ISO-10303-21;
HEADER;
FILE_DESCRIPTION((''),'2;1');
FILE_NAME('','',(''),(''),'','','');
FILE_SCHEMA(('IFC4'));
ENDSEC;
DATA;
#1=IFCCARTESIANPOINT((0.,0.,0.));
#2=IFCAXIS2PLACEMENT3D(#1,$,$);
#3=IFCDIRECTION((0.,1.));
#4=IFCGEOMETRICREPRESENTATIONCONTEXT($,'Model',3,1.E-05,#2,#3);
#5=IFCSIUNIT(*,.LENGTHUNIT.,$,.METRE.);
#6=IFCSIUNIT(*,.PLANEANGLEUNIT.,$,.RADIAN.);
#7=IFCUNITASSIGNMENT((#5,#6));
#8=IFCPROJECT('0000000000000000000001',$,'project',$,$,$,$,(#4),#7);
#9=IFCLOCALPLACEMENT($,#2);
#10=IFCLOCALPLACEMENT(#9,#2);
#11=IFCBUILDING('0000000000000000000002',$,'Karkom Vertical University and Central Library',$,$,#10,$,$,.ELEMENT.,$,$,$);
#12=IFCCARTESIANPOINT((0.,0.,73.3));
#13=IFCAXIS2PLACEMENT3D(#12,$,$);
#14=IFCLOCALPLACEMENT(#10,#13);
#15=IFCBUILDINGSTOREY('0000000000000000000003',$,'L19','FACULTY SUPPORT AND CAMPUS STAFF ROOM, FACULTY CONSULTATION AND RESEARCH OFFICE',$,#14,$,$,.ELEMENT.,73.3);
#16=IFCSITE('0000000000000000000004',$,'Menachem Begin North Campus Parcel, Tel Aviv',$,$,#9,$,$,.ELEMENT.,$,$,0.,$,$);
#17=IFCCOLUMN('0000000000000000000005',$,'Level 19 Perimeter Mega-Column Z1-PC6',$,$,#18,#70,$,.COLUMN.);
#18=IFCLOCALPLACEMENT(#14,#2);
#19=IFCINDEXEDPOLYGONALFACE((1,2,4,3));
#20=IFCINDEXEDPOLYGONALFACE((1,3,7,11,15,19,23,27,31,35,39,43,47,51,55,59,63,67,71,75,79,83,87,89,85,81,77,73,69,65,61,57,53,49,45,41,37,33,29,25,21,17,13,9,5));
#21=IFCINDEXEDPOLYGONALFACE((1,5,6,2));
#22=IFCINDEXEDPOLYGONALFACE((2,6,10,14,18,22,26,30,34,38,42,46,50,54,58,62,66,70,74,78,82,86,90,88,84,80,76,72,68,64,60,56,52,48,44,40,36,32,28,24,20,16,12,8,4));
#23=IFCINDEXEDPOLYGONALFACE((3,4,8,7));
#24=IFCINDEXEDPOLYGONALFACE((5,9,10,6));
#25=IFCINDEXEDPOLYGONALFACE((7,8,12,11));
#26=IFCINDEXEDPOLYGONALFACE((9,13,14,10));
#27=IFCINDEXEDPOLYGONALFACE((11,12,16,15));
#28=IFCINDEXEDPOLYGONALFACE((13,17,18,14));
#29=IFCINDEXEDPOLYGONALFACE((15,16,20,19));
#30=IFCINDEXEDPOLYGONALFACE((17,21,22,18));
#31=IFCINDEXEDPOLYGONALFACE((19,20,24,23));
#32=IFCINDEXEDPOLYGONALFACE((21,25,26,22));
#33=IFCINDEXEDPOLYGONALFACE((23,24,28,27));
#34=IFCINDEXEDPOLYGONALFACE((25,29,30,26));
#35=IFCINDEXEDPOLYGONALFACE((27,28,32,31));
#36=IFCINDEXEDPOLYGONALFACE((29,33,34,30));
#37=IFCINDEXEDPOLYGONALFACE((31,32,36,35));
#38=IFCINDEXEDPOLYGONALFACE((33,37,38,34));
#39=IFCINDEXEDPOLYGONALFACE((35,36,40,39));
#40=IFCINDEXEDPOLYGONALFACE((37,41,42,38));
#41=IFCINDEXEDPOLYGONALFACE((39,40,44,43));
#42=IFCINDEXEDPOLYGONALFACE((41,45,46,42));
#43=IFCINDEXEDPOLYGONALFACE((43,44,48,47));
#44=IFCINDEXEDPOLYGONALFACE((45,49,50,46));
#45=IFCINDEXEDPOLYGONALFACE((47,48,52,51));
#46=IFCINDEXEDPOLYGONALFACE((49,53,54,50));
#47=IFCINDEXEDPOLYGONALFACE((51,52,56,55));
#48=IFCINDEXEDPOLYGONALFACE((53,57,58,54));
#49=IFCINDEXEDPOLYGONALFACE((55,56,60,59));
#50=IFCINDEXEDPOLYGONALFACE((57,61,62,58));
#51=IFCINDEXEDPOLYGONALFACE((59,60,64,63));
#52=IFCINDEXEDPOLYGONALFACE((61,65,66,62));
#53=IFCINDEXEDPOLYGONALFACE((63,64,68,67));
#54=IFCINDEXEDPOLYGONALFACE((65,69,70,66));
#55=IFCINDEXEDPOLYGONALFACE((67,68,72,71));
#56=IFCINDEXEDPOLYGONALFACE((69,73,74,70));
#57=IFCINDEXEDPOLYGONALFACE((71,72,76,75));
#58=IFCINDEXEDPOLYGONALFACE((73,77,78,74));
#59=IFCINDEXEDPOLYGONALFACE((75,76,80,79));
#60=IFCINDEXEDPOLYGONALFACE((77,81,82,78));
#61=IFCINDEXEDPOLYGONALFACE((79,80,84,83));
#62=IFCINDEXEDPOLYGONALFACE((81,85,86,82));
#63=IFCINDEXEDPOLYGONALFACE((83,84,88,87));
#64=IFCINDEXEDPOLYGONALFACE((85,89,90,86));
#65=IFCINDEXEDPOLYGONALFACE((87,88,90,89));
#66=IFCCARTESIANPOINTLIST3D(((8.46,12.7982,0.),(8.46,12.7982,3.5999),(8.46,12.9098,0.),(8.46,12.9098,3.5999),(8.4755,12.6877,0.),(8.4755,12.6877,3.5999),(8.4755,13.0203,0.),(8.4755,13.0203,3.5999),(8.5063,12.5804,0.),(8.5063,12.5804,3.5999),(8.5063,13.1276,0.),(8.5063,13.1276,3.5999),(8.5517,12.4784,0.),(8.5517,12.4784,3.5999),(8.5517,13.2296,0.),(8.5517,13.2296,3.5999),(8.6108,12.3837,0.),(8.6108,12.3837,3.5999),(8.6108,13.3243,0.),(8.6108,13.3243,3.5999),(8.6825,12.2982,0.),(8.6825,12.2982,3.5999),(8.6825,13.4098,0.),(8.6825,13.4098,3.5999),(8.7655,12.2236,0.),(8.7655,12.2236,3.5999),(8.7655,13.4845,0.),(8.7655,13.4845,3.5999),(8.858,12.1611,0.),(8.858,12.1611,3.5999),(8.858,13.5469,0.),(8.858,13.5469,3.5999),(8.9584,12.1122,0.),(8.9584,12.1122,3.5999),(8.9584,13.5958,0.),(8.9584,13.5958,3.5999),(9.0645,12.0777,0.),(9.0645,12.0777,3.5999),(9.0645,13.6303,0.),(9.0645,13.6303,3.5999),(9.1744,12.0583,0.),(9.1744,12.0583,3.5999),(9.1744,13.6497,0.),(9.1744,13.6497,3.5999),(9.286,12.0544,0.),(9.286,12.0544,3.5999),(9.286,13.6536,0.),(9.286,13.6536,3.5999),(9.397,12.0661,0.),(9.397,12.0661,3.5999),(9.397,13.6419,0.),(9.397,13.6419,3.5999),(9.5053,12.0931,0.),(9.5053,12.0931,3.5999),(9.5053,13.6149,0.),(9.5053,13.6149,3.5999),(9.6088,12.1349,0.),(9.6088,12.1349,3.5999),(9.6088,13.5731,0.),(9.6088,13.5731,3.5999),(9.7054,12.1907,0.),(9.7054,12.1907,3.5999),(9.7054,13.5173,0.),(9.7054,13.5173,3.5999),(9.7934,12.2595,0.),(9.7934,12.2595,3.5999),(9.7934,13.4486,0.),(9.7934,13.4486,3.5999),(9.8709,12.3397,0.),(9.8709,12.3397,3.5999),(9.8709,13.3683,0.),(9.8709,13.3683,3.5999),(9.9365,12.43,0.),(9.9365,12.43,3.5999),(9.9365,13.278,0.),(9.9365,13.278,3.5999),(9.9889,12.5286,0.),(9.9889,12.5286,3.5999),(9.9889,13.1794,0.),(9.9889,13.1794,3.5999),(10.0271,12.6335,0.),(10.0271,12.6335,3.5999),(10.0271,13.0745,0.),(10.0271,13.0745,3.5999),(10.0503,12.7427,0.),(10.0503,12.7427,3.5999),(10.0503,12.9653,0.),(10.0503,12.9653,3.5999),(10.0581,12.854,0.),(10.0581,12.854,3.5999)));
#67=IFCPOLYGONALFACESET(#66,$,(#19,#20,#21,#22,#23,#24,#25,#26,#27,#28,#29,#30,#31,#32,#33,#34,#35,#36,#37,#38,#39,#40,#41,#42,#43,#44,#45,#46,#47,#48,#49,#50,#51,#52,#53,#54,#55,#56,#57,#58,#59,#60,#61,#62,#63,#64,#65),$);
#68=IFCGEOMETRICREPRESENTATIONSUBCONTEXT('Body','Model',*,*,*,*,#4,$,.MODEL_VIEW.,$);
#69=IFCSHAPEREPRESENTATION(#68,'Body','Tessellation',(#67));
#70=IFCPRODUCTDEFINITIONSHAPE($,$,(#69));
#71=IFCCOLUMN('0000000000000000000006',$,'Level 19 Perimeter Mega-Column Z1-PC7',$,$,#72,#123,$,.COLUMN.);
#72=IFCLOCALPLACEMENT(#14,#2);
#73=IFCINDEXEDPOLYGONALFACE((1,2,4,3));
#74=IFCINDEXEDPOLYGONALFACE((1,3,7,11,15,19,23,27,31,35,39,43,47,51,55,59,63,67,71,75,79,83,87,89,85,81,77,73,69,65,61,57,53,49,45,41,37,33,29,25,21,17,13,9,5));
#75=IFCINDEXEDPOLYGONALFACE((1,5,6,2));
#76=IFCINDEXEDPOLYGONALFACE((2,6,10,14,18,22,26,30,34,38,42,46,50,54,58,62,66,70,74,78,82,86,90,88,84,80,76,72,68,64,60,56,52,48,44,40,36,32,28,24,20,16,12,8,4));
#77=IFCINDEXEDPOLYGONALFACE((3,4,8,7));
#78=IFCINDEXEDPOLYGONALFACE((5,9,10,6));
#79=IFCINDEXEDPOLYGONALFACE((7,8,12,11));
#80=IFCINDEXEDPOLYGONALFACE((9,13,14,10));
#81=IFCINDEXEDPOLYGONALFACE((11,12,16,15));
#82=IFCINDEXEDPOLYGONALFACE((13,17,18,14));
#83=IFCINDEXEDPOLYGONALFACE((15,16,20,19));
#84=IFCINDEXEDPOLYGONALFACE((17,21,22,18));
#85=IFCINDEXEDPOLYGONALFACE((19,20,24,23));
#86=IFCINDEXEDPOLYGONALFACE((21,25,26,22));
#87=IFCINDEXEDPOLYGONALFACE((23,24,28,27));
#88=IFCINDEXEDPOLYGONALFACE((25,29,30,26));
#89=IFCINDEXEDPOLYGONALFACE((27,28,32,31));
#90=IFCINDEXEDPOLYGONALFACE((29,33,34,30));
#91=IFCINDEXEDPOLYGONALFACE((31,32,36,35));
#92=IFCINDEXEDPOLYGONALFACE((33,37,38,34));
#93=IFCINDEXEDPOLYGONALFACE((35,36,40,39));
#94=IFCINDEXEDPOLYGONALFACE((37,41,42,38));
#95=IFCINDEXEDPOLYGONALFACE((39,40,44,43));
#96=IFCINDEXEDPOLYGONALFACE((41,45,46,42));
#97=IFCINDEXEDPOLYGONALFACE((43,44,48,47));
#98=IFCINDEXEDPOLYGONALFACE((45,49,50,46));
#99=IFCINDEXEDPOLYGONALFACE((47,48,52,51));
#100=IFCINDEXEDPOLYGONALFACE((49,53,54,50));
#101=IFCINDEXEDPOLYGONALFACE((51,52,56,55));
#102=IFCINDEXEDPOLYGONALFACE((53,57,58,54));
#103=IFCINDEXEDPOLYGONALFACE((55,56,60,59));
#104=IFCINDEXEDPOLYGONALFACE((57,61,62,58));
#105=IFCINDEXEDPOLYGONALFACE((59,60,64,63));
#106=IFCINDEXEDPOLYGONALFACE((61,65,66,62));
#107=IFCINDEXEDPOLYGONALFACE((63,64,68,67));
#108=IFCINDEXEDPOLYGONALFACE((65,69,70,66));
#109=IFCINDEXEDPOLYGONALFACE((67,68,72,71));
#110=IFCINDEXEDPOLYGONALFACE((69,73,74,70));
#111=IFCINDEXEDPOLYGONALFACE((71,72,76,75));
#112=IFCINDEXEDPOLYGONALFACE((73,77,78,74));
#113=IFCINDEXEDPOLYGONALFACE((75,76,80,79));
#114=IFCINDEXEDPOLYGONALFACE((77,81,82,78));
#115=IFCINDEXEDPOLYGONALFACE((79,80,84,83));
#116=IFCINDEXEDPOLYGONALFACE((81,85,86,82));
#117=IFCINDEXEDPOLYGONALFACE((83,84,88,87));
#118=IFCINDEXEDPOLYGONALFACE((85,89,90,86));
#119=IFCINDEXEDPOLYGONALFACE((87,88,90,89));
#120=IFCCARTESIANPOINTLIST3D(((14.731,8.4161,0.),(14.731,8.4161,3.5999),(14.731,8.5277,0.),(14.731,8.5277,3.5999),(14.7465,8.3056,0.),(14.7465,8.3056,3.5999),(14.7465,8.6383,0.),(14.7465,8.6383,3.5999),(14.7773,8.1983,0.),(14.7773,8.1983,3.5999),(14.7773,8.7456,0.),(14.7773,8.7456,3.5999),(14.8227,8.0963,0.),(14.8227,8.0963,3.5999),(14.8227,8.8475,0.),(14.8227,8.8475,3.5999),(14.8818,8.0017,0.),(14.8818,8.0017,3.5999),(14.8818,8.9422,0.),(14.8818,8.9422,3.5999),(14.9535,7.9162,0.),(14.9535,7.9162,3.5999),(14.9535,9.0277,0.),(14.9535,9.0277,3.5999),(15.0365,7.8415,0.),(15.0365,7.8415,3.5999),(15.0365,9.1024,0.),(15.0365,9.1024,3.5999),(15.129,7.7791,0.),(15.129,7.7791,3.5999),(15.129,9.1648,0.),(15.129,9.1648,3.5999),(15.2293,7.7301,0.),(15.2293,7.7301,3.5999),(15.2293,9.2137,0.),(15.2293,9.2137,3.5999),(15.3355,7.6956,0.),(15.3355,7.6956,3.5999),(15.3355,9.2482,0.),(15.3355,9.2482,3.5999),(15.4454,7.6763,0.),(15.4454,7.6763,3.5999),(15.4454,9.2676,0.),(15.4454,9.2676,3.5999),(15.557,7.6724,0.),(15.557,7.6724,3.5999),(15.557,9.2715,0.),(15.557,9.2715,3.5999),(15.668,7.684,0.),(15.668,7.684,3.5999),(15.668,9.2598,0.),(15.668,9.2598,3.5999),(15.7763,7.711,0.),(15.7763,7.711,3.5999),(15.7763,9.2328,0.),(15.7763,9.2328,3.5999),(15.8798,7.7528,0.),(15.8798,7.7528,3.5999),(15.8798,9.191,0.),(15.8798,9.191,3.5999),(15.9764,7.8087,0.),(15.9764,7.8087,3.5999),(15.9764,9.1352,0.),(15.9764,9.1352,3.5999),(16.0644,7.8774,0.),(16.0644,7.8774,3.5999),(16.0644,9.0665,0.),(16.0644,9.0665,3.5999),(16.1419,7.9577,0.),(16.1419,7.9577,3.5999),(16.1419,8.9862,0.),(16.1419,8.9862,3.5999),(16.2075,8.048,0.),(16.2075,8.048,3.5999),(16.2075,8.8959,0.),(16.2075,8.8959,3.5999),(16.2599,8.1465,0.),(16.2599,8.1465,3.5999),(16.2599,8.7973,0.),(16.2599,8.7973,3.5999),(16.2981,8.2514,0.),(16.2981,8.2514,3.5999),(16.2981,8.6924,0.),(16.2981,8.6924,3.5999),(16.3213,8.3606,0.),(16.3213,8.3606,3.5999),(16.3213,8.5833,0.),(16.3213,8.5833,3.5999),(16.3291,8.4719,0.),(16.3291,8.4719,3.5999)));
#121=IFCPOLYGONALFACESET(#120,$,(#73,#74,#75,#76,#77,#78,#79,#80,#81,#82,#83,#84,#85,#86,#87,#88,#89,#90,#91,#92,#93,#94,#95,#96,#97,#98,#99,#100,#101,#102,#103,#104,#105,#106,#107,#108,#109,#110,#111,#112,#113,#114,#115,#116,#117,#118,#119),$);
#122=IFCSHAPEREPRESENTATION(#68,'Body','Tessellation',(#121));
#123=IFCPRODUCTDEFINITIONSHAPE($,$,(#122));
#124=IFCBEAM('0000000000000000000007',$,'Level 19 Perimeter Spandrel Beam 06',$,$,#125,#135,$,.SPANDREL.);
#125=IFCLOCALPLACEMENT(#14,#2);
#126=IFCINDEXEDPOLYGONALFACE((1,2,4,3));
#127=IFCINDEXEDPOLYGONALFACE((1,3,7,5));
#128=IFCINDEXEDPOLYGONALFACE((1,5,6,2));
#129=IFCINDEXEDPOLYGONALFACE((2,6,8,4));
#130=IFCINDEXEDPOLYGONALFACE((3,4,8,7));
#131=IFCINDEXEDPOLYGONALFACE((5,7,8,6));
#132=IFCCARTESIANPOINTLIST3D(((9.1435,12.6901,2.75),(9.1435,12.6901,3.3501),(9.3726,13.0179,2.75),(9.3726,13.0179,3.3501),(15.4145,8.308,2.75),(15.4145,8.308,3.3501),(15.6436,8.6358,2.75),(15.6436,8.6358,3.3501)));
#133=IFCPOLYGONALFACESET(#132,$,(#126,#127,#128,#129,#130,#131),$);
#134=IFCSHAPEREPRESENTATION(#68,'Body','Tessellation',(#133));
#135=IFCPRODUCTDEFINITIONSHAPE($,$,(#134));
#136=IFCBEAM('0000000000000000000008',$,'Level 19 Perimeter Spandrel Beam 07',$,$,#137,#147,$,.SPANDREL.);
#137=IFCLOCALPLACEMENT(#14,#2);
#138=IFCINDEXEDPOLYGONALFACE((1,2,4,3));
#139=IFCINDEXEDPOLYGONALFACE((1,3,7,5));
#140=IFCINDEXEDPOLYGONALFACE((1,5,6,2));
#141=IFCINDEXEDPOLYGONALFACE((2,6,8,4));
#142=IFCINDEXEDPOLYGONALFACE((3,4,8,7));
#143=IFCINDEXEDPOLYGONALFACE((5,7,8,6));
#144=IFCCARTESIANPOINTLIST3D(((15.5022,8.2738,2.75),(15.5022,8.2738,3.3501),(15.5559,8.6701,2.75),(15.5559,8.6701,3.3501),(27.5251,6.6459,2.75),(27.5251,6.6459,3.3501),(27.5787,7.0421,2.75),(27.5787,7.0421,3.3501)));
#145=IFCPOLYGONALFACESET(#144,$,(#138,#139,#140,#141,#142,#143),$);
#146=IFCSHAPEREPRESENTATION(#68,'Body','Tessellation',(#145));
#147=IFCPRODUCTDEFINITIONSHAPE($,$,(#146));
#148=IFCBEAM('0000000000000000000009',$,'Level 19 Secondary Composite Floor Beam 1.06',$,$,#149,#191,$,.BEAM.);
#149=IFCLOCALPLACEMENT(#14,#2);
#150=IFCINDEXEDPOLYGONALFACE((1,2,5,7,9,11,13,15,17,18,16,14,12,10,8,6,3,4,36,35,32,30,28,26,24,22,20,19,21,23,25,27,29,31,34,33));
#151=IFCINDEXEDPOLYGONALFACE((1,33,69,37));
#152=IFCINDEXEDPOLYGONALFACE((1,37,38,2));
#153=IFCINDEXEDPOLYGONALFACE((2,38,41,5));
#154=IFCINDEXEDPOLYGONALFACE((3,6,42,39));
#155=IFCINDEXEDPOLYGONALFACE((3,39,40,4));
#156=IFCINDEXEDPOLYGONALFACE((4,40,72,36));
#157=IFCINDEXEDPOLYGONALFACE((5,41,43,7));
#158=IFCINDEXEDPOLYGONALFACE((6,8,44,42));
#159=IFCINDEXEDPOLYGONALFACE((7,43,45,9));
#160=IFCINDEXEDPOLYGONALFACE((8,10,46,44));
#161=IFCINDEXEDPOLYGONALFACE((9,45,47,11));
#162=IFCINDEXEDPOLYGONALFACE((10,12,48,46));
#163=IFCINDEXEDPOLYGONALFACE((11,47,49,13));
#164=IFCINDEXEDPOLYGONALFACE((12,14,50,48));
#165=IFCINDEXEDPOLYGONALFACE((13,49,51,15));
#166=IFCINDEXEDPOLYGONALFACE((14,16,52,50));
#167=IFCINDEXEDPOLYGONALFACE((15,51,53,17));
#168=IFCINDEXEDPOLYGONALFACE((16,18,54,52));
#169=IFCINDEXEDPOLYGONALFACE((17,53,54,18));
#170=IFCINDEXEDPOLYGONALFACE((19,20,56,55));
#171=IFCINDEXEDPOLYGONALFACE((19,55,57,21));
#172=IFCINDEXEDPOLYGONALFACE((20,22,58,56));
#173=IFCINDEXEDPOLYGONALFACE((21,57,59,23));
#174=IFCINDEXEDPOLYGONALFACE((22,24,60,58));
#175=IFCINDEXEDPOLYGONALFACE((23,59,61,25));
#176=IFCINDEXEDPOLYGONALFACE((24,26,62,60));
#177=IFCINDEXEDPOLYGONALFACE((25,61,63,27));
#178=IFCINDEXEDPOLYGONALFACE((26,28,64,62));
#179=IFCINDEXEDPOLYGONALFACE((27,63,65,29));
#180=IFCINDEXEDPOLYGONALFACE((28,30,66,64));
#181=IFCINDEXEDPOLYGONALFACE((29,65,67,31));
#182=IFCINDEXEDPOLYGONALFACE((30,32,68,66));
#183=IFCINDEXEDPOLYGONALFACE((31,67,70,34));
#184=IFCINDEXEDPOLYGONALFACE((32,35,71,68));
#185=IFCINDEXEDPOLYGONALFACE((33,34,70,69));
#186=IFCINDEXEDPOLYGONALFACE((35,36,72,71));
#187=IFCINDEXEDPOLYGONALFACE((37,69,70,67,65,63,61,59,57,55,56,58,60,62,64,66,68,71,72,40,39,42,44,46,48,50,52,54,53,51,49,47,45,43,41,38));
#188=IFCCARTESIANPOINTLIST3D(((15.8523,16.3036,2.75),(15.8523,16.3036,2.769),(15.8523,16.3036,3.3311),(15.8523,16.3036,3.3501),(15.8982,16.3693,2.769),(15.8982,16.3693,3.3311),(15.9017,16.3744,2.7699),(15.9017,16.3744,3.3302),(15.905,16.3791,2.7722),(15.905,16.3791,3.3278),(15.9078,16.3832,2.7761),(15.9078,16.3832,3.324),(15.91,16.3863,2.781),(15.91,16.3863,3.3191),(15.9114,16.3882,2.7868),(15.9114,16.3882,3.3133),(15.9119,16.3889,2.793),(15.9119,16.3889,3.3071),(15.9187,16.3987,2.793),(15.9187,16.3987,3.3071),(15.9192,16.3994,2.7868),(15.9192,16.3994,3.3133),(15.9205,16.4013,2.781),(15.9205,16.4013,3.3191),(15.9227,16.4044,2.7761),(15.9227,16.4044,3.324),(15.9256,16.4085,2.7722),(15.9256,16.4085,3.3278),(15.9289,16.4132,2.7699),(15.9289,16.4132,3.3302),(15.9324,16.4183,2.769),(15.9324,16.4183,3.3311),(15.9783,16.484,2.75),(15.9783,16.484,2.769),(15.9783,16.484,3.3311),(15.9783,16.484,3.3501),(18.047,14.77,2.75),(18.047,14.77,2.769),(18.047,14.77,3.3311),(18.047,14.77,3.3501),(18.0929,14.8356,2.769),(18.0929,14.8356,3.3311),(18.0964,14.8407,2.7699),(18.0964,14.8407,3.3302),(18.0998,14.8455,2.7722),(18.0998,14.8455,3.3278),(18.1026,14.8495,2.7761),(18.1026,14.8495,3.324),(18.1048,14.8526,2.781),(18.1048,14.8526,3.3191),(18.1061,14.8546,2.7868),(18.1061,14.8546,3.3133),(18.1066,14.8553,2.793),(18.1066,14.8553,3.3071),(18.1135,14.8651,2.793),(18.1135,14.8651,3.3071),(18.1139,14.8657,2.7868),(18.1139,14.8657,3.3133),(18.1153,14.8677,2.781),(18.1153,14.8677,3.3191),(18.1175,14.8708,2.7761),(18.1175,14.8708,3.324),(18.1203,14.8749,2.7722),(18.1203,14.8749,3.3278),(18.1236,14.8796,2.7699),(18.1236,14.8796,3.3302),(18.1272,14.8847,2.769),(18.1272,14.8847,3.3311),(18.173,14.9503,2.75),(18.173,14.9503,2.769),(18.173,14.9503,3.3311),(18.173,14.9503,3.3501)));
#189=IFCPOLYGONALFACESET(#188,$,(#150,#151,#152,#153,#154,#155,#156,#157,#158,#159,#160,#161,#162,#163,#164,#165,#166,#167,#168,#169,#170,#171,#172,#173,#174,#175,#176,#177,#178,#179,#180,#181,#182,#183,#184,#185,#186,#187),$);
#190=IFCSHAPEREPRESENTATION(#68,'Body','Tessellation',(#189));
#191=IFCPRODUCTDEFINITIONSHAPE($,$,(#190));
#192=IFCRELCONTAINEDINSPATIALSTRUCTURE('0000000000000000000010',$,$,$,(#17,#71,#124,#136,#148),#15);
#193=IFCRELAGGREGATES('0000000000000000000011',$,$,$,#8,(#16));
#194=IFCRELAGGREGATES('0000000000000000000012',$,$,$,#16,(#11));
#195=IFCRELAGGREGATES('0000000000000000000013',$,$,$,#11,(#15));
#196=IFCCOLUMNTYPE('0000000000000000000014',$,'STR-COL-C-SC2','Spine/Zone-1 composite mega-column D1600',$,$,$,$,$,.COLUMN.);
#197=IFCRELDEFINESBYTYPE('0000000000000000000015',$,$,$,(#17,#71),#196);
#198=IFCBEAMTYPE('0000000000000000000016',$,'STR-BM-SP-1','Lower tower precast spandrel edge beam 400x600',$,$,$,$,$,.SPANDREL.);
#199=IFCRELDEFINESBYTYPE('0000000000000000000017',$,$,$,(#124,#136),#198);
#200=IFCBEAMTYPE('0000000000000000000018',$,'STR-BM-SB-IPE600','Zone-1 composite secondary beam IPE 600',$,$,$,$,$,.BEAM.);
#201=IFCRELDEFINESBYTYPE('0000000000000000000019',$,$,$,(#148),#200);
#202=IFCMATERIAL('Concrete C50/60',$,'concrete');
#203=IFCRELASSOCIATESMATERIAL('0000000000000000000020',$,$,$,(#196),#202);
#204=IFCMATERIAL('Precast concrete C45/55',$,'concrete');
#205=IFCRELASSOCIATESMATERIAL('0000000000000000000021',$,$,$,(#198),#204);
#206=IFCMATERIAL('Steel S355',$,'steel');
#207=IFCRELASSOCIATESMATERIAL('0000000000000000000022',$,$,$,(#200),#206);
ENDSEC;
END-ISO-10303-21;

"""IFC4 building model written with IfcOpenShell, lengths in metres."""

from ifc_helpers import new_model, si_unit, direction, frame, origin, origin_with_axes, origin_2d, place, context, subcontext, project, spatial, rectangle, circle, i_section, extrude, source, transform, mapped, material, material_profile, profile_set, type_object, element, save


model = new_model("IFC4")

# Units and contexts
model_context = context("Model", 3, precision=1e-05, world=origin(), true_north=direction((0.0, 1.0)))
body_context = subcontext(model_context, "Body", "Model", "MODEL_VIEW")
ifc_project = project(units=[si_unit("LENGTHUNIT", "METRE"), si_unit("PLANEANGLEUNIT", "RADIAN")], contexts=[model_context])

# Site, building, storey
site_placement = place(None, origin())
site = spatial("IfcSite", under=ifc_project, at=site_placement, Name="Menachem Begin North Campus Parcel, Tel Aviv", CompositionType="ELEMENT", RefElevation=0.0)
building_placement = place(site_placement, origin())
building = spatial("IfcBuilding", under=site, at=building_placement, Name="Karkom Vertical University and Central Library", CompositionType="ELEMENT")
storey_placement = place(building_placement, frame((0.0, 0.0, 73.3)))
storey = spatial("IfcBuildingStorey", under=building, at=storey_placement, Name="L19", Description="FACULTY SUPPORT AND CAMPUS STAFF ROOM, FACULTY CONSULTATION AND RESEARCH OFFICE", CompositionType="ELEMENT", Elevation=73.3)

# Columns
ifc_material_1 = material(Name="Concrete C50/60", Category="concrete")
ifc_material_profile_1 = material_profile(ifc_material_1, circle(Radius=0.8, at=origin_2d()), Name="CFT-D1600")
ifc_profile_set_1 = profile_set([ifc_material_profile_1], Name="Concrete C50/60")
column_type = type_object("IfcColumnType", Name="STR-COL-C-SC2", Description="Spine/Zone-1 composite mega-column D1600", PredefinedType="COLUMN", material=ifc_profile_set_1)
shared_shape_1 = source(origin_with_axes(), body_context, "Body", "SweptSolid", [
    extrude(circle(Radius=0.8, at=origin_2d()), origin(), (0.0, 0.0, 1.0), 3.5999),
])
for number, where, z_axis, x_axis, name in (
    (1, (9.2581, 12.854, 0.0), (0.0, 0.0, 1.0), (1.0, 0.0, 0.0), "Level 19 Perimeter Mega-Column Z1-PC6"),
    (2, (15.5291, 8.4719, 0.0), (0.0, 0.0, 1.0), (1.0, 0.0, 0.0), "Level 19 Perimeter Mega-Column Z1-PC7"),
):
    element("IfcColumn", number, at=place(storey_placement, frame(where, z_axis=z_axis, x_axis=x_axis)), inside=storey, type_object=column_type, Name=name, PredefinedType="COLUMN", context=body_context, shape_type="MappedRepresentation", body=[
        mapped(shared_shape_1, transform((0.0, 0.0, 0.0), scale=1.0)),
    ])

# Beams
ifc_material_2 = material(Name="Precast concrete C45/55", Category="concrete")
ifc_material_profile_2 = material_profile(ifc_material_2, rectangle(XDim=0.3999, YDim=0.6001, at=origin_2d()), Name="SPB-400x600")
ifc_profile_set_2 = profile_set([ifc_material_profile_2], Name="Precast concrete C45/55")
beam_type_1 = type_object("IfcBeamType", Name="STR-BM-SP-1", Description="Lower tower precast spandrel edge beam 400x600", PredefinedType="SPANDREL", material=ifc_profile_set_2)
shared_shape_2 = source(origin_with_axes(), body_context, "Body", "SweptSolid", [
    extrude(rectangle(XDim=0.3999, YDim=0.6001, at=origin_2d()), origin(), (0.0, 0.0, 1.0), 7.6504),
])
beam_1_placement = place(storey_placement, frame((9.2581, 12.854, 3.05), z_axis=(0.819699, -0.572794, 0.0), x_axis=(0.572794, 0.819699, 0.0)))
element("IfcBeam", 3, at=beam_1_placement, inside=storey, type_object=beam_type_1, Name="Level 19 Perimeter Spandrel Beam 06", PredefinedType="SPANDREL", context=body_context, shape_type="MappedRepresentation", body=[
    mapped(shared_shape_2, transform((0.0, 0.0, 0.0), scale=1.0)),
])
shared_shape_3 = source(origin_with_axes(), body_context, "Body", "SweptSolid", [
    extrude(rectangle(XDim=0.3999, YDim=0.6001, at=origin_2d()), origin(), (0.0, 0.0, 1.0), 12.1326),
])
beam_2_placement = place(storey_placement, frame((15.5291, 8.4719, 3.05), z_axis=(0.990957, -0.134177, 0.0), x_axis=(0.134177, 0.990957, 0.0)))
element("IfcBeam", 4, at=beam_2_placement, inside=storey, type_object=beam_type_1, Name="Level 19 Perimeter Spandrel Beam 07", PredefinedType="SPANDREL", context=body_context, shape_type="MappedRepresentation", body=[
    mapped(shared_shape_3, transform((0.0, 0.0, 0.0), scale=1.0)),
])
ifc_material_3 = material(Name="Steel S355", Category="steel")
ifc_material_profile_3 = material_profile(ifc_material_3, i_section(OverallWidth=0.22, OverallDepth=0.6001, WebThickness=0.012, FlangeThickness=0.019, FilletRadius=0.0239, at=origin_2d()), Name="IPE 600")
ifc_profile_set_3 = profile_set([ifc_material_profile_3], Name="Steel S355")
beam_type_2 = type_object("IfcBeamType", Name="STR-BM-SB-IPE600", Description="Zone-1 composite secondary beam IPE 600", PredefinedType="BEAM", material=ifc_profile_set_3)
shared_shape_4 = source(origin_with_axes(), body_context, "Body", "SweptSolid", [
    extrude(i_section(OverallWidth=0.22, OverallDepth=0.6001, WebThickness=0.012, FlangeThickness=0.019, FilletRadius=0.0239, at=origin_2d()), origin(), (0.0, 0.0, 1.0), 2.6775),
])
beam_3_placement = place(storey_placement, frame((15.9153, 16.3938, 3.05), z_axis=(0.819703, -0.572789, 0.0), x_axis=(0.572789, 0.819703, 0.0)))
element("IfcBeam", 5, at=beam_3_placement, inside=storey, type_object=beam_type_2, Name="Level 19 Secondary Composite Floor Beam 1.06", PredefinedType="BEAM", context=body_context, shape_type="MappedRepresentation", body=[
    mapped(shared_shape_4, transform((0.0, 0.0, 0.0), scale=1.0)),
])

save(model, "model.ifc")
